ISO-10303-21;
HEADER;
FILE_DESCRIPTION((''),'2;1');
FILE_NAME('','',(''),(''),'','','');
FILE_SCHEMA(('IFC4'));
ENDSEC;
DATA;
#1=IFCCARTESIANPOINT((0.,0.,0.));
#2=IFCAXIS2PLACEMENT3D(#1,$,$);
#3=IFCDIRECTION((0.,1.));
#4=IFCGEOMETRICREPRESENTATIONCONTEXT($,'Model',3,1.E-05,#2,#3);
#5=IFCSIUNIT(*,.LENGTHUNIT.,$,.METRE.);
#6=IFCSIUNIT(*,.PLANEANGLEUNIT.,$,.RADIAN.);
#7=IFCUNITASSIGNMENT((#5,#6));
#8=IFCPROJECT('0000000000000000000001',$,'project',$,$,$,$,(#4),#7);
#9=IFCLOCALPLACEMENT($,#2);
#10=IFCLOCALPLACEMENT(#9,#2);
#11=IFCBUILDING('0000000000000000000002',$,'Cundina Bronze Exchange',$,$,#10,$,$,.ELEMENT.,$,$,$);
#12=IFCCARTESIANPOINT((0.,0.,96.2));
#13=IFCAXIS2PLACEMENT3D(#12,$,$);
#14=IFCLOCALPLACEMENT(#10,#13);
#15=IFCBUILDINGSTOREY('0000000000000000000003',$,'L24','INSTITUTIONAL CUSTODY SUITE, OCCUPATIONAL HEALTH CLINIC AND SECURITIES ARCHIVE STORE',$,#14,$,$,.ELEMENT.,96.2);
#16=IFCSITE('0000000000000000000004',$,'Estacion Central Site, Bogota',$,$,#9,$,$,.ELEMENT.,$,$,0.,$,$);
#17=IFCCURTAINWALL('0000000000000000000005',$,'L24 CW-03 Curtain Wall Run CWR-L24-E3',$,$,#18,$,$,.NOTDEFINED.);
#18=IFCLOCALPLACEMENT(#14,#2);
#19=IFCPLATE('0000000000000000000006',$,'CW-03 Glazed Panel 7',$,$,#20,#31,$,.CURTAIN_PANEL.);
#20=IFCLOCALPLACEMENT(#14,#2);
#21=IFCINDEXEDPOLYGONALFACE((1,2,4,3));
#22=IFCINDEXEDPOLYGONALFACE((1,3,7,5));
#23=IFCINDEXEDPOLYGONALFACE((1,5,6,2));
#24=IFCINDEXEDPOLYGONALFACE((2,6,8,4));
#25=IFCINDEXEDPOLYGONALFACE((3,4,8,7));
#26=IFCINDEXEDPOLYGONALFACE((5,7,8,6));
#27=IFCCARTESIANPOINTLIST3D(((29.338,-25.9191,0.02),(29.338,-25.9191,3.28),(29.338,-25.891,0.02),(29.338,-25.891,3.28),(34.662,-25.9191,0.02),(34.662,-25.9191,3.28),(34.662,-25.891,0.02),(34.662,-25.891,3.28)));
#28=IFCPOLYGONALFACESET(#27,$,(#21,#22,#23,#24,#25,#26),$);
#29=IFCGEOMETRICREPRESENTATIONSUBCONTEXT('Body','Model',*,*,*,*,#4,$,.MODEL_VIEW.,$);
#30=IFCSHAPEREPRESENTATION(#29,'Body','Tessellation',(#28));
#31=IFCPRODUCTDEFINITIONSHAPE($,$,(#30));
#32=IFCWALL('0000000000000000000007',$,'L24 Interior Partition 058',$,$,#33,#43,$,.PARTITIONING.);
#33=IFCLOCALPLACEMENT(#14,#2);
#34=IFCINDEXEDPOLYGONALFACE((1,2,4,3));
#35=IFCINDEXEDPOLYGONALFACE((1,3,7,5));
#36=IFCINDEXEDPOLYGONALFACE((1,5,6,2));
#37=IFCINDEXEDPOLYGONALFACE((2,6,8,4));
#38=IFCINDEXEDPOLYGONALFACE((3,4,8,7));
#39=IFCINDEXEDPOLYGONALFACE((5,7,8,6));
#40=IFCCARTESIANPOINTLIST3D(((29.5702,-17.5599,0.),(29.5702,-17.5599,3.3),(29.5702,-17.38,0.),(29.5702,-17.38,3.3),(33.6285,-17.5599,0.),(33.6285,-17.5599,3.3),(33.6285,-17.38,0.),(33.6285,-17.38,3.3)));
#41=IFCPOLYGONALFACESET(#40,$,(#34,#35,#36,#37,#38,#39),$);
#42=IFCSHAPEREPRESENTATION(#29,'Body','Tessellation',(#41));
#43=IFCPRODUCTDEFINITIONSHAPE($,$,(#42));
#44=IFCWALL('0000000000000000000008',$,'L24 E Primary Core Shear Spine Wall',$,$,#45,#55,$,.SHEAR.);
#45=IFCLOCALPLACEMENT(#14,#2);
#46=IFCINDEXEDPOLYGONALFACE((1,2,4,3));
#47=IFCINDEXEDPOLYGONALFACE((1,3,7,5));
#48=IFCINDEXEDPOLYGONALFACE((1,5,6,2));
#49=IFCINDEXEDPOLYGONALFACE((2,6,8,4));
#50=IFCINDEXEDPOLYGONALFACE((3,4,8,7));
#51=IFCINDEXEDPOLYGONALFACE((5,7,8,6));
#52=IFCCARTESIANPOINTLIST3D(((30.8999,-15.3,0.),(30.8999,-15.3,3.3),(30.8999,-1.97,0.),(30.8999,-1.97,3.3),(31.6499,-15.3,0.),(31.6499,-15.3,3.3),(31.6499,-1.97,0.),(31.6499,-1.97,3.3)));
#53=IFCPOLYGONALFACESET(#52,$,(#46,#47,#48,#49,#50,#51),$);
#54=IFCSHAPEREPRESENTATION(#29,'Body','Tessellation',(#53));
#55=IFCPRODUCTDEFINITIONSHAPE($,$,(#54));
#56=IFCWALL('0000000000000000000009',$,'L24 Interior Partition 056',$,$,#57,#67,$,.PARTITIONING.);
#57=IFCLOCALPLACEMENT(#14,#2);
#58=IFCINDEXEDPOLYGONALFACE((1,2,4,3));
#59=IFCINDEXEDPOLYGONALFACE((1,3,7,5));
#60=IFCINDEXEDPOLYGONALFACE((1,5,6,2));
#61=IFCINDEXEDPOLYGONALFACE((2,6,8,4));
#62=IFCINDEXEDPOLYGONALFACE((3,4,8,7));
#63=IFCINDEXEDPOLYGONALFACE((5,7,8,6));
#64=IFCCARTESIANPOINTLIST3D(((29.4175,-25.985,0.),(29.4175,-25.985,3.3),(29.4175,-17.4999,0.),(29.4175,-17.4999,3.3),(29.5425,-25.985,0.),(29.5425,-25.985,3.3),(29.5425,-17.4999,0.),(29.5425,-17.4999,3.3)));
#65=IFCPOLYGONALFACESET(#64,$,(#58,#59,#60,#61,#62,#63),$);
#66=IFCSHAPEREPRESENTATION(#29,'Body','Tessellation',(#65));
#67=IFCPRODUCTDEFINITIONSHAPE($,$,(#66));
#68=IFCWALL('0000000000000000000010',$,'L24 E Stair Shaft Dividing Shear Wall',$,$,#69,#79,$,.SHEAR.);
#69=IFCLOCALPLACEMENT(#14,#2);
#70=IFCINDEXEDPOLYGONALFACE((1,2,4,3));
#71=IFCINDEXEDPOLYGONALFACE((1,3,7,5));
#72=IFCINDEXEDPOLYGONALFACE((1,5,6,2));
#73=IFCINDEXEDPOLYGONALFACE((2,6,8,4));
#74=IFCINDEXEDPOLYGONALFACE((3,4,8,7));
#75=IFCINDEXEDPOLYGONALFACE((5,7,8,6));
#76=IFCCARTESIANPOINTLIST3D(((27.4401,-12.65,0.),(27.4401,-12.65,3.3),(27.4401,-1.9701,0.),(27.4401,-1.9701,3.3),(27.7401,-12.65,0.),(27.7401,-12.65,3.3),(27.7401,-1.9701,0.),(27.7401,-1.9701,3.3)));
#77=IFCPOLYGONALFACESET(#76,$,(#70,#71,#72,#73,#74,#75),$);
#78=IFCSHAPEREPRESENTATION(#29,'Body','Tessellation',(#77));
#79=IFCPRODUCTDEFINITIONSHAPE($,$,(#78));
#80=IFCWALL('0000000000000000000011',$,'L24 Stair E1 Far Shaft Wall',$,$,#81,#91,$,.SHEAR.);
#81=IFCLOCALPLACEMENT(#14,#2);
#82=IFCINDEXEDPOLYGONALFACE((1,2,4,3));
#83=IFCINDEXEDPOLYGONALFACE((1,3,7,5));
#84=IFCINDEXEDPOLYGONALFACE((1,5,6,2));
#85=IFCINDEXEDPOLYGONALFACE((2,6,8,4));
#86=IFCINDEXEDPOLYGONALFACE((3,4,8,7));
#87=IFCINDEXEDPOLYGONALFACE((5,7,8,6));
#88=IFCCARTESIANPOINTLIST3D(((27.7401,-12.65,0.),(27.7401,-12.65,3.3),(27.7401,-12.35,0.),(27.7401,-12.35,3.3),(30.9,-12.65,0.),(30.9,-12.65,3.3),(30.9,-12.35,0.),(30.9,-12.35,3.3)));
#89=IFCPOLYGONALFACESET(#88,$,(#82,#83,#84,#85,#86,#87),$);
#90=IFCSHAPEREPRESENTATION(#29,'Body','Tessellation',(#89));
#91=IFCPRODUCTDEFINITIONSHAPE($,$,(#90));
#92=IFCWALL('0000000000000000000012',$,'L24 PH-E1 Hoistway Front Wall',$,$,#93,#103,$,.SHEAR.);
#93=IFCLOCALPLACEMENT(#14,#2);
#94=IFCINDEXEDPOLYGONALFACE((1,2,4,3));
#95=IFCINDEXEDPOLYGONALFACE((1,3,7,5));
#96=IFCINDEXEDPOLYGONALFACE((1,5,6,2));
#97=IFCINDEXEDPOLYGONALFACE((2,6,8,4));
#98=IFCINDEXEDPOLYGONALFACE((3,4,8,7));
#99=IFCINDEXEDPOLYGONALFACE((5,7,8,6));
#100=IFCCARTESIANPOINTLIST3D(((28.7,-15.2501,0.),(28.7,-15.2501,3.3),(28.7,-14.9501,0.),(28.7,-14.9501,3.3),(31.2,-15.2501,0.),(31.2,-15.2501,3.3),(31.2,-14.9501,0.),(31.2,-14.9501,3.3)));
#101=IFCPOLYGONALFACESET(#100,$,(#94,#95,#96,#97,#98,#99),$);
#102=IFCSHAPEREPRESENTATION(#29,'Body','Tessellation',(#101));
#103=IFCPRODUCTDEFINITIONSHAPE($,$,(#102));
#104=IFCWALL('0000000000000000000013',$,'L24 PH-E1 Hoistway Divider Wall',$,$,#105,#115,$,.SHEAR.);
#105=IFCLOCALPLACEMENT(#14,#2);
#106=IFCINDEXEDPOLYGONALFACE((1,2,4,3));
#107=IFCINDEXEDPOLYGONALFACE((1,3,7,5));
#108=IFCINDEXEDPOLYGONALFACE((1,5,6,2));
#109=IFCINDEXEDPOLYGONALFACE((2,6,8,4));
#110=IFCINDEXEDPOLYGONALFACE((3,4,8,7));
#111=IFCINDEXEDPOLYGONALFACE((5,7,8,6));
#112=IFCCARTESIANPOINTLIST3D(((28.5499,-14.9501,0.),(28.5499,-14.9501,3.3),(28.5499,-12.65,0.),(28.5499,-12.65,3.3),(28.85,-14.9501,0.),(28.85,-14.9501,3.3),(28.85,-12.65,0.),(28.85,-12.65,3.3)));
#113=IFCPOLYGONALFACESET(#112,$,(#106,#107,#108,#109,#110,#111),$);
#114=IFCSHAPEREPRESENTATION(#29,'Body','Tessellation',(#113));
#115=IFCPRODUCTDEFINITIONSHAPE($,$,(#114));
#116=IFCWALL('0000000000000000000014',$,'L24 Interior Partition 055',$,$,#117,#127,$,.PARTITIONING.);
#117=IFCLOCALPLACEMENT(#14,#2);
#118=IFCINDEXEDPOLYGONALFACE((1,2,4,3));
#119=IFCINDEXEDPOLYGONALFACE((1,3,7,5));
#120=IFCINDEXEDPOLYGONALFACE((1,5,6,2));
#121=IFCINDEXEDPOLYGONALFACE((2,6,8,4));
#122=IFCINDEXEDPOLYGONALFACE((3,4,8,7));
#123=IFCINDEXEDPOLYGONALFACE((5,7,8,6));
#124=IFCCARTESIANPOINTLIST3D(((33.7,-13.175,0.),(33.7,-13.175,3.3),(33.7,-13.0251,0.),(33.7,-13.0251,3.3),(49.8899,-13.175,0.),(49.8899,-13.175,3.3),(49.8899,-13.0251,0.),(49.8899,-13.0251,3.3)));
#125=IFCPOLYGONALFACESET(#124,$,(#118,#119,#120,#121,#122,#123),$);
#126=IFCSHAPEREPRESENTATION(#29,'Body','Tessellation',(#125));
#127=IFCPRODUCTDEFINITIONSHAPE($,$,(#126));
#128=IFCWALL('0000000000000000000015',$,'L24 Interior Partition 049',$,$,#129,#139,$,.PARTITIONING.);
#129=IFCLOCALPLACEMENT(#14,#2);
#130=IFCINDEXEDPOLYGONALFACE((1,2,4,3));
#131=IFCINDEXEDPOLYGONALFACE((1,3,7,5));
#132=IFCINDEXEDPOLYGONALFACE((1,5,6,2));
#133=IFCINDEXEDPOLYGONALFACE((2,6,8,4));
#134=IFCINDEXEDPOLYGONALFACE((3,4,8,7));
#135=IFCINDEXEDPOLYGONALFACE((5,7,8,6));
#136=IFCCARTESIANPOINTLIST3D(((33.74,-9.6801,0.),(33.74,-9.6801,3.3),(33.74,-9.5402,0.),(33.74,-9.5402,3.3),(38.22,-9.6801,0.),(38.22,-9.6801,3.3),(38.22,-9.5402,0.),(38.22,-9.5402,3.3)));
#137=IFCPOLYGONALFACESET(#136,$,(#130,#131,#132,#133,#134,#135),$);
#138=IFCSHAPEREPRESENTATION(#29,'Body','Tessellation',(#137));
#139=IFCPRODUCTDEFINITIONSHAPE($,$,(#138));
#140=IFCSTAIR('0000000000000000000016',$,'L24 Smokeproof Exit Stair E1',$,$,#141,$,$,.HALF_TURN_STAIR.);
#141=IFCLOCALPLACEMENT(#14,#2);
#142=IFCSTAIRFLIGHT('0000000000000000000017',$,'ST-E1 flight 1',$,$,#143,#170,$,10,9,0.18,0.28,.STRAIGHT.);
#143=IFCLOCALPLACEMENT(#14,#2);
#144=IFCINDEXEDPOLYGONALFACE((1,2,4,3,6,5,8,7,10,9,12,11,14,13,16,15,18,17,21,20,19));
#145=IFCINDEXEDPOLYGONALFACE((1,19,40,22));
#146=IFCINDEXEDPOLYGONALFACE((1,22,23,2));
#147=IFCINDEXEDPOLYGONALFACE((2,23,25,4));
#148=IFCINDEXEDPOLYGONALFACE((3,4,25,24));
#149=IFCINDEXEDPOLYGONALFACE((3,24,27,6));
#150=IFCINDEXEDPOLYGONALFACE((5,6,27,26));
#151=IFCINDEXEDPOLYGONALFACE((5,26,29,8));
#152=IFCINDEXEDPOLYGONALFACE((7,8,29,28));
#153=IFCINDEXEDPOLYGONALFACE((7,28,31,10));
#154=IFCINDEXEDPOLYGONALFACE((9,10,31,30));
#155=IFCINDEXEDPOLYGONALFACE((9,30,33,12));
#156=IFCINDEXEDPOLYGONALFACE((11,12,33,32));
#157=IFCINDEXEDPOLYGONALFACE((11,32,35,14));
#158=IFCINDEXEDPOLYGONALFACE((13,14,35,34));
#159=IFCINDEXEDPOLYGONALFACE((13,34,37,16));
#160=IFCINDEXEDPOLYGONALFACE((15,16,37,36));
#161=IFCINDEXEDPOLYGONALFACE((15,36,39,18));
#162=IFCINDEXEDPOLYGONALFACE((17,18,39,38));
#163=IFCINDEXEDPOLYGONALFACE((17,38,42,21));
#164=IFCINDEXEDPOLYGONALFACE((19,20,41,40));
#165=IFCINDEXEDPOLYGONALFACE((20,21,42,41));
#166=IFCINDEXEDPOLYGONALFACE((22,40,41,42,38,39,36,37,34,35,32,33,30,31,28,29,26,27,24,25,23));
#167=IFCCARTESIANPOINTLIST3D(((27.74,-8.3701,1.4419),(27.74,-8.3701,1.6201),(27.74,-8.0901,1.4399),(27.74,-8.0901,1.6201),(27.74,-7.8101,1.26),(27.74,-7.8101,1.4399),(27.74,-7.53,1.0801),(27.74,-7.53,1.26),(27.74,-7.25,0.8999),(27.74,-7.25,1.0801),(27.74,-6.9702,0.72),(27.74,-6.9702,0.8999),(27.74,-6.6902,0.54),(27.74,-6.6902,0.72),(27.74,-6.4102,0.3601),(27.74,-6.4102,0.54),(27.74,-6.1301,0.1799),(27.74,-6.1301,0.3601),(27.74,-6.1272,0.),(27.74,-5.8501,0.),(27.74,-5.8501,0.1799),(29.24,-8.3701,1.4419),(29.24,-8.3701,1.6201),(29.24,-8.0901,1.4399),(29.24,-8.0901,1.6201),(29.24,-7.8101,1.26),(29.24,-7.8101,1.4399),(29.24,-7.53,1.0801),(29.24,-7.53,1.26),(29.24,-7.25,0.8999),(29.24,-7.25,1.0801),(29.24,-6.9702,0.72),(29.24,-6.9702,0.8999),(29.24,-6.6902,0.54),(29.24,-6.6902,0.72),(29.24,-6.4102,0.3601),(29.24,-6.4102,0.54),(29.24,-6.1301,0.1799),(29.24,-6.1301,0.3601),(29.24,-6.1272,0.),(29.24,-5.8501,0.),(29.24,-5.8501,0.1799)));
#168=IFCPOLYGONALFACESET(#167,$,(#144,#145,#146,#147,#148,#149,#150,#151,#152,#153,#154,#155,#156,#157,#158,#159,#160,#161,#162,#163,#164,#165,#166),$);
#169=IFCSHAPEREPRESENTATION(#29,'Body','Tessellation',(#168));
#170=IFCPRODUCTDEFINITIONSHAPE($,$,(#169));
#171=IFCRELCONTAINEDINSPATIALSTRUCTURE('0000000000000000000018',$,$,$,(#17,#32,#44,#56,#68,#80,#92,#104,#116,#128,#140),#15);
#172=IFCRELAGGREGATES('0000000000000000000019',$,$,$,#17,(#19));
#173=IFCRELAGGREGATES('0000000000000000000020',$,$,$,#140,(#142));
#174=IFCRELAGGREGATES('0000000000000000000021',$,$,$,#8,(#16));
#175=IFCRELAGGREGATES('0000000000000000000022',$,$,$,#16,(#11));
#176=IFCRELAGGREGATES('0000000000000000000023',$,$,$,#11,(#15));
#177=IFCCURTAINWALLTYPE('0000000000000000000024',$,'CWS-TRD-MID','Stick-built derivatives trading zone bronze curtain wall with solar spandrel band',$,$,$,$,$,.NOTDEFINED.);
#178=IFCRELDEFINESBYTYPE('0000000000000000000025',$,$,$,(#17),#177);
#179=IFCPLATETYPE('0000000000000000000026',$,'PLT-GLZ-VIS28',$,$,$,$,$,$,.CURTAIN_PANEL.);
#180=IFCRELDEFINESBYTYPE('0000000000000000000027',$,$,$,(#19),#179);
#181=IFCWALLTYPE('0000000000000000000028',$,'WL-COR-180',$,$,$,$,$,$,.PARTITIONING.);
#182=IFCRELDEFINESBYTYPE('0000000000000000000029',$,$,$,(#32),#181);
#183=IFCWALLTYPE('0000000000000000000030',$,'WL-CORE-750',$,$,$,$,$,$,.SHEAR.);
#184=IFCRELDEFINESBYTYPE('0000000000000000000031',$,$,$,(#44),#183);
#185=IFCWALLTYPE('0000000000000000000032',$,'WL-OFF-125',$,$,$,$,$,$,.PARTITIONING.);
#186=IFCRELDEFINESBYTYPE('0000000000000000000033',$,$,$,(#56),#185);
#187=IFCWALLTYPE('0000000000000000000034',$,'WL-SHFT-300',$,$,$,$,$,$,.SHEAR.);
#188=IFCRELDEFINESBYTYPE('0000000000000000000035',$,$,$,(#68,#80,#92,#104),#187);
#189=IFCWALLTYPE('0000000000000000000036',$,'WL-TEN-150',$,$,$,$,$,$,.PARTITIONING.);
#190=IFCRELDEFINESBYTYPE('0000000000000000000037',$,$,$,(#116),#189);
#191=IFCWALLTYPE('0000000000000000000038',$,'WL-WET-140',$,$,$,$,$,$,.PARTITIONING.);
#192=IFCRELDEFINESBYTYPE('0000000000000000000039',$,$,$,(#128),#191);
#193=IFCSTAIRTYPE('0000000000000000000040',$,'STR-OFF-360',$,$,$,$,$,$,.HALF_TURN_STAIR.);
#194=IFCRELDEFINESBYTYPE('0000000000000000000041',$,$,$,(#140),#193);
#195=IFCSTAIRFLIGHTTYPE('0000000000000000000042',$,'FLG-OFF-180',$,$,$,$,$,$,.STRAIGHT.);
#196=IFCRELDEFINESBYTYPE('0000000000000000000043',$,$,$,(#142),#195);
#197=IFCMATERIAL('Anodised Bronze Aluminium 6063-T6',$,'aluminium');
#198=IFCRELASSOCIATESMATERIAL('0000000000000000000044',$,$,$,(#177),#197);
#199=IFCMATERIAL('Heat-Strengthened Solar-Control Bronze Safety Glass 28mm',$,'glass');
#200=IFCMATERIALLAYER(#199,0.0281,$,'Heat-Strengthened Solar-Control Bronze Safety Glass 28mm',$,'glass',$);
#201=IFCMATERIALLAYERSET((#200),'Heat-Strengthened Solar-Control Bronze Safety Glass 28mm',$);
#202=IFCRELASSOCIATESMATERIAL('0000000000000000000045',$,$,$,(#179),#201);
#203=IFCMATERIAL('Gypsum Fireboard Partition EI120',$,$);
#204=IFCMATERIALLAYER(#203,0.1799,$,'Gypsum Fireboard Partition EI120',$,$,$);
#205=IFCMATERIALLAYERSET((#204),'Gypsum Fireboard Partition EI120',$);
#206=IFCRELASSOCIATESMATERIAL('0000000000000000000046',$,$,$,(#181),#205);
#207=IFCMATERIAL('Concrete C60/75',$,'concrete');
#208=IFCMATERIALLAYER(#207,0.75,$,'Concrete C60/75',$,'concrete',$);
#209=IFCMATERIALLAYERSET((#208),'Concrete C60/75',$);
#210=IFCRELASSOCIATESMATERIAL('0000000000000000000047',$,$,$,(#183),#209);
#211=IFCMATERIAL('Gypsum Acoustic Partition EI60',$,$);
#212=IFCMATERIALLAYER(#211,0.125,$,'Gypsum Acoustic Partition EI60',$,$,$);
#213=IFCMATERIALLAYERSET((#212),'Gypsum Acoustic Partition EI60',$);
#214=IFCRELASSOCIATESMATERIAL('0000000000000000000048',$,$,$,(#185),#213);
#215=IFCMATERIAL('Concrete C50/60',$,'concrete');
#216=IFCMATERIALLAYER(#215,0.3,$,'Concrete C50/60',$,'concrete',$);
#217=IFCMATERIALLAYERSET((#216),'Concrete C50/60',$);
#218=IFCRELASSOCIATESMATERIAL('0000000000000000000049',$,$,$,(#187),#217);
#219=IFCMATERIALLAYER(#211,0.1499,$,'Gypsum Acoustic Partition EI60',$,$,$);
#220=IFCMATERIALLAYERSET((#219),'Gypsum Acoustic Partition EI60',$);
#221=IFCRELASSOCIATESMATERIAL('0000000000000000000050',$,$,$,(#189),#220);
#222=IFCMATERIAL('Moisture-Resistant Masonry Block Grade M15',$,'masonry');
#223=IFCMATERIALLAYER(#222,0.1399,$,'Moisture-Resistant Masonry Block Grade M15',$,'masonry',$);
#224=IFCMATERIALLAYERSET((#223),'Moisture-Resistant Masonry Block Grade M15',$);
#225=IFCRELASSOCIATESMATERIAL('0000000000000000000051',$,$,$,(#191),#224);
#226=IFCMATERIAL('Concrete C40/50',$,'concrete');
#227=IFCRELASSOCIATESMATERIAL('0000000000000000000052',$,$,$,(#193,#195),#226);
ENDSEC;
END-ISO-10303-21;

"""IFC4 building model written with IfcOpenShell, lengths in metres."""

from ifc_helpers import new_model, si_unit, direction, frame, frame_2d, origin, origin_2d, place, context, subcontext, project, spatial, polyline, rectangle, outline, extrude, material, layer, layer_set, type_object, element, aggregate, save


model = new_model("IFC4")

# Units and contexts
model_context = context("Model", 3, precision=1e-05, world=origin(), true_north=direction((0.0, 1.0)))
body_context = subcontext(model_context, "Body", "Model", "MODEL_VIEW")
ifc_project = project(units=[si_unit("LENGTHUNIT", "METRE"), si_unit("PLANEANGLEUNIT", "RADIAN")], contexts=[model_context])

# Site, building, storey
site_placement = place(None, origin())
site = spatial("IfcSite", under=ifc_project, at=site_placement, Name="Estacion Central Site, Bogota", CompositionType="ELEMENT", RefElevation=0.0)
building_placement = place(site_placement, origin())
building = spatial("IfcBuilding", under=site, at=building_placement, Name="Cundina Bronze Exchange", CompositionType="ELEMENT")
storey_placement = place(building_placement, frame((0.0, 0.0, 96.2)))
storey = spatial("IfcBuildingStorey", under=building, at=storey_placement, Name="L24", Description="INSTITUTIONAL CUSTODY SUITE, OCCUPATIONAL HEALTH CLINIC AND SECURITIES ARCHIVE STORE", CompositionType="ELEMENT", Elevation=96.2)

# Shared definitions
ifc_material_1 = material(Name="Concrete C60/75", Category="concrete")

# Curtain wall, plate
ifc_material_2 = material(Name="Anodised Bronze Aluminium 6063-T6", Category="aluminium")
curtain_wall_type = type_object("IfcCurtainWallType", Name="CWS-TRD-MID", Description="Stick-built derivatives trading zone bronze curtain wall with solar spandrel band", PredefinedType="NOTDEFINED", material=ifc_material_2)
curtain_wall_placement = place(storey_placement, origin())
curtain_wall = element("IfcCurtainWall", 1, at=curtain_wall_placement, inside=storey, type_object=curtain_wall_type, Name="L24 CW-03 Curtain Wall Run CWR-L24-E3", PredefinedType="NOTDEFINED")
ifc_material_3 = material(Name="Heat-Strengthened Solar-Control Bronze Safety Glass 28mm", Category="glass")
ifc_layer_1 = layer(ifc_material_3, 0.0281, Name="Heat-Strengthened Solar-Control Bronze Safety Glass 28mm", Category="glass")
ifc_layer_set_1 = layer_set([ifc_layer_1], Name="Heat-Strengthened Solar-Control Bronze Safety Glass 28mm")
plate_type = type_object("IfcPlateType", Name="PLT-GLZ-VIS28", PredefinedType="CURTAIN_PANEL", material=ifc_layer_set_1)
plate_placement = place(storey_placement, frame((32.0, -25.905, 0.02), z_axis=(0.0, 0.0, 1.0), x_axis=(1.0, 0.0, 0.0)))
plate = element("IfcPlate", 2, at=plate_placement, type_object=plate_type, Name="CW-03 Glazed Panel 7", PredefinedType="CURTAIN_PANEL", context=body_context, shape_type="SweptSolid", body=[
    extrude(rectangle(XDim=5.324, YDim=0.0281, at=origin_2d()), origin(), (0.0, 0.0, 1.0), 3.26),
])
aggregate(curtain_wall, [plate])

# Shared definitions
ifc_material_4 = material(Name="Gypsum Fireboard Partition EI120")
ifc_layer_2 = layer(ifc_material_4, 0.1799, Name="Gypsum Fireboard Partition EI120")
ifc_layer_set_2 = layer_set([ifc_layer_2], Name="Gypsum Fireboard Partition EI120")
wall_type_1 = type_object("IfcWallType", Name="WL-COR-180", PredefinedType="PARTITIONING", material=ifc_layer_set_2)

# Wall
wall_1_placement = place(storey_placement, frame((29.5701, -17.47, 0.0), z_axis=(0.0, 0.0, 1.0), x_axis=(1.0, 0.0, 0.0)))
element("IfcWall", 3, at=wall_1_placement, inside=storey, type_object=wall_type_1, Name="L24 Interior Partition 058", PredefinedType="PARTITIONING", context=body_context, shape_type="SweptSolid", body=[
    extrude(rectangle(XDim=4.0583, YDim=0.1799, at=frame_2d((2.0293, 0.0))), origin(), (0.0, 0.0, 1.0), 3.3),
])

# Walls
ifc_layer_3 = layer(ifc_material_1, 0.75, Name="Concrete C60/75", Category="concrete")
ifc_layer_set_3 = layer_set([ifc_layer_3], Name="Concrete C60/75")
wall_type_2 = type_object("IfcWallType", Name="WL-CORE-750", PredefinedType="SHEAR", material=ifc_layer_set_3)
wall_2_placement = place(storey_placement, frame((31.2749, -15.3, 0.0), z_axis=(0.0, 0.0, 1.0), x_axis=(0.0, 1.0, 0.0)))
element("IfcWall", 4, at=wall_2_placement, inside=storey, type_object=wall_type_2, Name="L24 E Primary Core Shear Spine Wall", PredefinedType="SHEAR", context=body_context, shape_type="SweptSolid", body=[
    extrude(rectangle(XDim=13.3301, YDim=0.75, at=frame_2d((6.665, 0.0))), origin(), (0.0, 0.0, 1.0), 3.3),
])
ifc_material_5 = material(Name="Gypsum Acoustic Partition EI60")
ifc_layer_4 = layer(ifc_material_5, 0.125, Name="Gypsum Acoustic Partition EI60")
ifc_layer_set_4 = layer_set([ifc_layer_4], Name="Gypsum Acoustic Partition EI60")
wall_type_3 = type_object("IfcWallType", Name="WL-OFF-125", PredefinedType="PARTITIONING", material=ifc_layer_set_4)
wall_3_placement = place(storey_placement, frame((29.48, -25.9851, 0.0), z_axis=(0.0, 0.0, 1.0), x_axis=(0.0, 1.0, 0.0)))
element("IfcWall", 5, at=wall_3_placement, inside=storey, type_object=wall_type_3, Name="L24 Interior Partition 056", PredefinedType="PARTITIONING", context=body_context, shape_type="SweptSolid", body=[
    extrude(rectangle(XDim=8.4851, YDim=0.125, at=frame_2d((4.2427, 0.0))), origin(), (0.0, 0.0, 1.0), 3.3),
])
ifc_material_6 = material(Name="Concrete C50/60", Category="concrete")
ifc_layer_5 = layer(ifc_material_6, 0.3, Name="Concrete C50/60", Category="concrete")
ifc_layer_set_5 = layer_set([ifc_layer_5], Name="Concrete C50/60")
wall_type_4 = type_object("IfcWallType", Name="WL-SHFT-300", PredefinedType="SHEAR", material=ifc_layer_set_5)
wall_4_placement = place(storey_placement, frame((27.5901, -12.6499, 0.0), z_axis=(0.0, 0.0, 1.0), x_axis=(0.0, 1.0, 0.0)))
element("IfcWall", 6, at=wall_4_placement, inside=storey, type_object=wall_type_4, Name="L24 E Stair Shaft Dividing Shear Wall", PredefinedType="SHEAR", context=body_context, shape_type="SweptSolid", body=[
    extrude(rectangle(XDim=10.6799, YDim=0.3, at=frame_2d((5.3398, 0.0))), origin(), (0.0, 0.0, 1.0), 3.3),
])
wall_5_placement = place(storey_placement, frame((27.74, -12.5, 0.0), z_axis=(0.0, 0.0, 1.0), x_axis=(1.0, 0.0, 0.0)))
element("IfcWall", 7, at=wall_5_placement, inside=storey, type_object=wall_type_4, Name="L24 Stair E1 Far Shaft Wall", PredefinedType="SHEAR", context=body_context, shape_type="SweptSolid", body=[
    extrude(rectangle(XDim=3.1599, YDim=0.3, at=frame_2d((1.5801, 0.0))), origin(), (0.0, 0.0, 1.0), 3.3),
])
wall_6_placement = place(storey_placement, frame((28.7, -15.1001, 0.0), z_axis=(0.0, 0.0, 1.0), x_axis=(1.0, 0.0, 0.0)))
element("IfcWall", 8, at=wall_6_placement, inside=storey, type_object=wall_type_4, Name="L24 PH-E1 Hoistway Front Wall", PredefinedType="SHEAR", context=body_context, shape_type="SweptSolid", body=[
    extrude(rectangle(XDim=2.5, YDim=0.3, at=frame_2d((1.25, 0.0))), origin(), (0.0, 0.0, 1.0), 3.3),
])
wall_7_placement = place(storey_placement, frame((28.7, -14.95, 0.0), z_axis=(0.0, 0.0, 1.0), x_axis=(0.0, 1.0, 0.0)))
element("IfcWall", 9, at=wall_7_placement, inside=storey, type_object=wall_type_4, Name="L24 PH-E1 Hoistway Divider Wall", PredefinedType="SHEAR", context=body_context, shape_type="SweptSolid", body=[
    extrude(rectangle(XDim=2.3, YDim=0.3, at=frame_2d((1.1499, 0.0))), origin(), (0.0, 0.0, 1.0), 3.3),
])
ifc_layer_6 = layer(ifc_material_5, 0.1499, Name="Gypsum Acoustic Partition EI60")
ifc_layer_set_6 = layer_set([ifc_layer_6], Name="Gypsum Acoustic Partition EI60")
wall_type_5 = type_object("IfcWallType", Name="WL-TEN-150", PredefinedType="PARTITIONING", material=ifc_layer_set_6)
wall_8_placement = place(storey_placement, frame((33.7, -13.1001, 0.0), z_axis=(0.0, 0.0, 1.0), x_axis=(1.0, 0.0, 0.0)))
element("IfcWall", 10, at=wall_8_placement, inside=storey, type_object=wall_type_5, Name="L24 Interior Partition 055", PredefinedType="PARTITIONING", context=body_context, shape_type="SweptSolid", body=[
    extrude(rectangle(XDim=16.1899, YDim=0.1499, at=frame_2d((8.095, 0.0))), origin(), (0.0, 0.0, 1.0), 3.3),
])
ifc_material_7 = material(Name="Moisture-Resistant Masonry Block Grade M15", Category="masonry")
ifc_layer_7 = layer(ifc_material_7, 0.1399, Name="Moisture-Resistant Masonry Block Grade M15", Category="masonry")
ifc_layer_set_7 = layer_set([ifc_layer_7], Name="Moisture-Resistant Masonry Block Grade M15")
wall_type_6 = type_object("IfcWallType", Name="WL-WET-140", PredefinedType="PARTITIONING", material=ifc_layer_set_7)
wall_9_placement = place(storey_placement, frame((33.74, -9.6101, 0.0), z_axis=(0.0, 0.0, 1.0), x_axis=(1.0, 0.0, 0.0)))
element("IfcWall", 11, at=wall_9_placement, inside=storey, type_object=wall_type_6, Name="L24 Interior Partition 049", PredefinedType="PARTITIONING", context=body_context, shape_type="SweptSolid", body=[
    extrude(rectangle(XDim=4.48, YDim=0.1399, at=frame_2d((2.24, 0.0))), origin(), (0.0, 0.0, 1.0), 3.3),
])

# Stair, stair flight
ifc_material_8 = material(Name="Concrete C40/50", Category="concrete")
stair_type = type_object("IfcStairType", Name="STR-OFF-360", PredefinedType="HALF_TURN_STAIR", material=ifc_material_8)
stair_placement = place(storey_placement, origin())
stair = element("IfcStair", 12, at=stair_placement, inside=storey, type_object=stair_type, Name="L24 Smokeproof Exit Stair E1", PredefinedType="HALF_TURN_STAIR")
stair_flight_type = type_object("IfcStairFlightType", Name="FLG-OFF-180", PredefinedType="STRAIGHT", material=ifc_material_8)
stair_flight_1_placement = place(storey_placement, frame((28.49, -5.8501, 0.0), z_axis=(0.0, 0.0, 1.0), x_axis=(0.0, -1.0, 0.0)))
stair_flight_1 = element("IfcStairFlight", 13, at=stair_flight_1_placement, type_object=stair_flight_type, Name="ST-E1 flight 1", NumberOfRisers=10, NumberOfTreads=9, PredefinedType="STRAIGHT", RiserHeight=0.18, TreadLength=0.28, context=body_context, shape_type="SweptSolid", body=[
    extrude(outline(polyline([(0.0, 0.0), (0.0, 0.1799), (0.28, 0.1799), (0.28, 0.3601), (0.5601, 0.3601), (0.5601, 0.54), (0.8401, 0.54), (0.8401, 0.72), (1.1201, 0.72), (1.1201, 0.8999), (1.3999, 0.8999), (1.3999, 1.0801), (1.6799, 1.0801), (1.6799, 1.26), (1.96, 1.26), (1.96, 1.4399), (2.24, 1.4399), (2.24, 1.6201), (2.52, 1.6201), (2.52, 1.8), (2.52, 1.4419), (0.2771, 0.0), (0.0, 0.0)])), frame((0.0, 0.75, 0.0), z_axis=(0.0, -1.0, 0.0), x_axis=(1.0, 0.0, 0.0)), (0.0, 0.0, 1.0), 1.5),
])
aggregate(stair, [stair_flight_1])

save(model, "model.ifc")
